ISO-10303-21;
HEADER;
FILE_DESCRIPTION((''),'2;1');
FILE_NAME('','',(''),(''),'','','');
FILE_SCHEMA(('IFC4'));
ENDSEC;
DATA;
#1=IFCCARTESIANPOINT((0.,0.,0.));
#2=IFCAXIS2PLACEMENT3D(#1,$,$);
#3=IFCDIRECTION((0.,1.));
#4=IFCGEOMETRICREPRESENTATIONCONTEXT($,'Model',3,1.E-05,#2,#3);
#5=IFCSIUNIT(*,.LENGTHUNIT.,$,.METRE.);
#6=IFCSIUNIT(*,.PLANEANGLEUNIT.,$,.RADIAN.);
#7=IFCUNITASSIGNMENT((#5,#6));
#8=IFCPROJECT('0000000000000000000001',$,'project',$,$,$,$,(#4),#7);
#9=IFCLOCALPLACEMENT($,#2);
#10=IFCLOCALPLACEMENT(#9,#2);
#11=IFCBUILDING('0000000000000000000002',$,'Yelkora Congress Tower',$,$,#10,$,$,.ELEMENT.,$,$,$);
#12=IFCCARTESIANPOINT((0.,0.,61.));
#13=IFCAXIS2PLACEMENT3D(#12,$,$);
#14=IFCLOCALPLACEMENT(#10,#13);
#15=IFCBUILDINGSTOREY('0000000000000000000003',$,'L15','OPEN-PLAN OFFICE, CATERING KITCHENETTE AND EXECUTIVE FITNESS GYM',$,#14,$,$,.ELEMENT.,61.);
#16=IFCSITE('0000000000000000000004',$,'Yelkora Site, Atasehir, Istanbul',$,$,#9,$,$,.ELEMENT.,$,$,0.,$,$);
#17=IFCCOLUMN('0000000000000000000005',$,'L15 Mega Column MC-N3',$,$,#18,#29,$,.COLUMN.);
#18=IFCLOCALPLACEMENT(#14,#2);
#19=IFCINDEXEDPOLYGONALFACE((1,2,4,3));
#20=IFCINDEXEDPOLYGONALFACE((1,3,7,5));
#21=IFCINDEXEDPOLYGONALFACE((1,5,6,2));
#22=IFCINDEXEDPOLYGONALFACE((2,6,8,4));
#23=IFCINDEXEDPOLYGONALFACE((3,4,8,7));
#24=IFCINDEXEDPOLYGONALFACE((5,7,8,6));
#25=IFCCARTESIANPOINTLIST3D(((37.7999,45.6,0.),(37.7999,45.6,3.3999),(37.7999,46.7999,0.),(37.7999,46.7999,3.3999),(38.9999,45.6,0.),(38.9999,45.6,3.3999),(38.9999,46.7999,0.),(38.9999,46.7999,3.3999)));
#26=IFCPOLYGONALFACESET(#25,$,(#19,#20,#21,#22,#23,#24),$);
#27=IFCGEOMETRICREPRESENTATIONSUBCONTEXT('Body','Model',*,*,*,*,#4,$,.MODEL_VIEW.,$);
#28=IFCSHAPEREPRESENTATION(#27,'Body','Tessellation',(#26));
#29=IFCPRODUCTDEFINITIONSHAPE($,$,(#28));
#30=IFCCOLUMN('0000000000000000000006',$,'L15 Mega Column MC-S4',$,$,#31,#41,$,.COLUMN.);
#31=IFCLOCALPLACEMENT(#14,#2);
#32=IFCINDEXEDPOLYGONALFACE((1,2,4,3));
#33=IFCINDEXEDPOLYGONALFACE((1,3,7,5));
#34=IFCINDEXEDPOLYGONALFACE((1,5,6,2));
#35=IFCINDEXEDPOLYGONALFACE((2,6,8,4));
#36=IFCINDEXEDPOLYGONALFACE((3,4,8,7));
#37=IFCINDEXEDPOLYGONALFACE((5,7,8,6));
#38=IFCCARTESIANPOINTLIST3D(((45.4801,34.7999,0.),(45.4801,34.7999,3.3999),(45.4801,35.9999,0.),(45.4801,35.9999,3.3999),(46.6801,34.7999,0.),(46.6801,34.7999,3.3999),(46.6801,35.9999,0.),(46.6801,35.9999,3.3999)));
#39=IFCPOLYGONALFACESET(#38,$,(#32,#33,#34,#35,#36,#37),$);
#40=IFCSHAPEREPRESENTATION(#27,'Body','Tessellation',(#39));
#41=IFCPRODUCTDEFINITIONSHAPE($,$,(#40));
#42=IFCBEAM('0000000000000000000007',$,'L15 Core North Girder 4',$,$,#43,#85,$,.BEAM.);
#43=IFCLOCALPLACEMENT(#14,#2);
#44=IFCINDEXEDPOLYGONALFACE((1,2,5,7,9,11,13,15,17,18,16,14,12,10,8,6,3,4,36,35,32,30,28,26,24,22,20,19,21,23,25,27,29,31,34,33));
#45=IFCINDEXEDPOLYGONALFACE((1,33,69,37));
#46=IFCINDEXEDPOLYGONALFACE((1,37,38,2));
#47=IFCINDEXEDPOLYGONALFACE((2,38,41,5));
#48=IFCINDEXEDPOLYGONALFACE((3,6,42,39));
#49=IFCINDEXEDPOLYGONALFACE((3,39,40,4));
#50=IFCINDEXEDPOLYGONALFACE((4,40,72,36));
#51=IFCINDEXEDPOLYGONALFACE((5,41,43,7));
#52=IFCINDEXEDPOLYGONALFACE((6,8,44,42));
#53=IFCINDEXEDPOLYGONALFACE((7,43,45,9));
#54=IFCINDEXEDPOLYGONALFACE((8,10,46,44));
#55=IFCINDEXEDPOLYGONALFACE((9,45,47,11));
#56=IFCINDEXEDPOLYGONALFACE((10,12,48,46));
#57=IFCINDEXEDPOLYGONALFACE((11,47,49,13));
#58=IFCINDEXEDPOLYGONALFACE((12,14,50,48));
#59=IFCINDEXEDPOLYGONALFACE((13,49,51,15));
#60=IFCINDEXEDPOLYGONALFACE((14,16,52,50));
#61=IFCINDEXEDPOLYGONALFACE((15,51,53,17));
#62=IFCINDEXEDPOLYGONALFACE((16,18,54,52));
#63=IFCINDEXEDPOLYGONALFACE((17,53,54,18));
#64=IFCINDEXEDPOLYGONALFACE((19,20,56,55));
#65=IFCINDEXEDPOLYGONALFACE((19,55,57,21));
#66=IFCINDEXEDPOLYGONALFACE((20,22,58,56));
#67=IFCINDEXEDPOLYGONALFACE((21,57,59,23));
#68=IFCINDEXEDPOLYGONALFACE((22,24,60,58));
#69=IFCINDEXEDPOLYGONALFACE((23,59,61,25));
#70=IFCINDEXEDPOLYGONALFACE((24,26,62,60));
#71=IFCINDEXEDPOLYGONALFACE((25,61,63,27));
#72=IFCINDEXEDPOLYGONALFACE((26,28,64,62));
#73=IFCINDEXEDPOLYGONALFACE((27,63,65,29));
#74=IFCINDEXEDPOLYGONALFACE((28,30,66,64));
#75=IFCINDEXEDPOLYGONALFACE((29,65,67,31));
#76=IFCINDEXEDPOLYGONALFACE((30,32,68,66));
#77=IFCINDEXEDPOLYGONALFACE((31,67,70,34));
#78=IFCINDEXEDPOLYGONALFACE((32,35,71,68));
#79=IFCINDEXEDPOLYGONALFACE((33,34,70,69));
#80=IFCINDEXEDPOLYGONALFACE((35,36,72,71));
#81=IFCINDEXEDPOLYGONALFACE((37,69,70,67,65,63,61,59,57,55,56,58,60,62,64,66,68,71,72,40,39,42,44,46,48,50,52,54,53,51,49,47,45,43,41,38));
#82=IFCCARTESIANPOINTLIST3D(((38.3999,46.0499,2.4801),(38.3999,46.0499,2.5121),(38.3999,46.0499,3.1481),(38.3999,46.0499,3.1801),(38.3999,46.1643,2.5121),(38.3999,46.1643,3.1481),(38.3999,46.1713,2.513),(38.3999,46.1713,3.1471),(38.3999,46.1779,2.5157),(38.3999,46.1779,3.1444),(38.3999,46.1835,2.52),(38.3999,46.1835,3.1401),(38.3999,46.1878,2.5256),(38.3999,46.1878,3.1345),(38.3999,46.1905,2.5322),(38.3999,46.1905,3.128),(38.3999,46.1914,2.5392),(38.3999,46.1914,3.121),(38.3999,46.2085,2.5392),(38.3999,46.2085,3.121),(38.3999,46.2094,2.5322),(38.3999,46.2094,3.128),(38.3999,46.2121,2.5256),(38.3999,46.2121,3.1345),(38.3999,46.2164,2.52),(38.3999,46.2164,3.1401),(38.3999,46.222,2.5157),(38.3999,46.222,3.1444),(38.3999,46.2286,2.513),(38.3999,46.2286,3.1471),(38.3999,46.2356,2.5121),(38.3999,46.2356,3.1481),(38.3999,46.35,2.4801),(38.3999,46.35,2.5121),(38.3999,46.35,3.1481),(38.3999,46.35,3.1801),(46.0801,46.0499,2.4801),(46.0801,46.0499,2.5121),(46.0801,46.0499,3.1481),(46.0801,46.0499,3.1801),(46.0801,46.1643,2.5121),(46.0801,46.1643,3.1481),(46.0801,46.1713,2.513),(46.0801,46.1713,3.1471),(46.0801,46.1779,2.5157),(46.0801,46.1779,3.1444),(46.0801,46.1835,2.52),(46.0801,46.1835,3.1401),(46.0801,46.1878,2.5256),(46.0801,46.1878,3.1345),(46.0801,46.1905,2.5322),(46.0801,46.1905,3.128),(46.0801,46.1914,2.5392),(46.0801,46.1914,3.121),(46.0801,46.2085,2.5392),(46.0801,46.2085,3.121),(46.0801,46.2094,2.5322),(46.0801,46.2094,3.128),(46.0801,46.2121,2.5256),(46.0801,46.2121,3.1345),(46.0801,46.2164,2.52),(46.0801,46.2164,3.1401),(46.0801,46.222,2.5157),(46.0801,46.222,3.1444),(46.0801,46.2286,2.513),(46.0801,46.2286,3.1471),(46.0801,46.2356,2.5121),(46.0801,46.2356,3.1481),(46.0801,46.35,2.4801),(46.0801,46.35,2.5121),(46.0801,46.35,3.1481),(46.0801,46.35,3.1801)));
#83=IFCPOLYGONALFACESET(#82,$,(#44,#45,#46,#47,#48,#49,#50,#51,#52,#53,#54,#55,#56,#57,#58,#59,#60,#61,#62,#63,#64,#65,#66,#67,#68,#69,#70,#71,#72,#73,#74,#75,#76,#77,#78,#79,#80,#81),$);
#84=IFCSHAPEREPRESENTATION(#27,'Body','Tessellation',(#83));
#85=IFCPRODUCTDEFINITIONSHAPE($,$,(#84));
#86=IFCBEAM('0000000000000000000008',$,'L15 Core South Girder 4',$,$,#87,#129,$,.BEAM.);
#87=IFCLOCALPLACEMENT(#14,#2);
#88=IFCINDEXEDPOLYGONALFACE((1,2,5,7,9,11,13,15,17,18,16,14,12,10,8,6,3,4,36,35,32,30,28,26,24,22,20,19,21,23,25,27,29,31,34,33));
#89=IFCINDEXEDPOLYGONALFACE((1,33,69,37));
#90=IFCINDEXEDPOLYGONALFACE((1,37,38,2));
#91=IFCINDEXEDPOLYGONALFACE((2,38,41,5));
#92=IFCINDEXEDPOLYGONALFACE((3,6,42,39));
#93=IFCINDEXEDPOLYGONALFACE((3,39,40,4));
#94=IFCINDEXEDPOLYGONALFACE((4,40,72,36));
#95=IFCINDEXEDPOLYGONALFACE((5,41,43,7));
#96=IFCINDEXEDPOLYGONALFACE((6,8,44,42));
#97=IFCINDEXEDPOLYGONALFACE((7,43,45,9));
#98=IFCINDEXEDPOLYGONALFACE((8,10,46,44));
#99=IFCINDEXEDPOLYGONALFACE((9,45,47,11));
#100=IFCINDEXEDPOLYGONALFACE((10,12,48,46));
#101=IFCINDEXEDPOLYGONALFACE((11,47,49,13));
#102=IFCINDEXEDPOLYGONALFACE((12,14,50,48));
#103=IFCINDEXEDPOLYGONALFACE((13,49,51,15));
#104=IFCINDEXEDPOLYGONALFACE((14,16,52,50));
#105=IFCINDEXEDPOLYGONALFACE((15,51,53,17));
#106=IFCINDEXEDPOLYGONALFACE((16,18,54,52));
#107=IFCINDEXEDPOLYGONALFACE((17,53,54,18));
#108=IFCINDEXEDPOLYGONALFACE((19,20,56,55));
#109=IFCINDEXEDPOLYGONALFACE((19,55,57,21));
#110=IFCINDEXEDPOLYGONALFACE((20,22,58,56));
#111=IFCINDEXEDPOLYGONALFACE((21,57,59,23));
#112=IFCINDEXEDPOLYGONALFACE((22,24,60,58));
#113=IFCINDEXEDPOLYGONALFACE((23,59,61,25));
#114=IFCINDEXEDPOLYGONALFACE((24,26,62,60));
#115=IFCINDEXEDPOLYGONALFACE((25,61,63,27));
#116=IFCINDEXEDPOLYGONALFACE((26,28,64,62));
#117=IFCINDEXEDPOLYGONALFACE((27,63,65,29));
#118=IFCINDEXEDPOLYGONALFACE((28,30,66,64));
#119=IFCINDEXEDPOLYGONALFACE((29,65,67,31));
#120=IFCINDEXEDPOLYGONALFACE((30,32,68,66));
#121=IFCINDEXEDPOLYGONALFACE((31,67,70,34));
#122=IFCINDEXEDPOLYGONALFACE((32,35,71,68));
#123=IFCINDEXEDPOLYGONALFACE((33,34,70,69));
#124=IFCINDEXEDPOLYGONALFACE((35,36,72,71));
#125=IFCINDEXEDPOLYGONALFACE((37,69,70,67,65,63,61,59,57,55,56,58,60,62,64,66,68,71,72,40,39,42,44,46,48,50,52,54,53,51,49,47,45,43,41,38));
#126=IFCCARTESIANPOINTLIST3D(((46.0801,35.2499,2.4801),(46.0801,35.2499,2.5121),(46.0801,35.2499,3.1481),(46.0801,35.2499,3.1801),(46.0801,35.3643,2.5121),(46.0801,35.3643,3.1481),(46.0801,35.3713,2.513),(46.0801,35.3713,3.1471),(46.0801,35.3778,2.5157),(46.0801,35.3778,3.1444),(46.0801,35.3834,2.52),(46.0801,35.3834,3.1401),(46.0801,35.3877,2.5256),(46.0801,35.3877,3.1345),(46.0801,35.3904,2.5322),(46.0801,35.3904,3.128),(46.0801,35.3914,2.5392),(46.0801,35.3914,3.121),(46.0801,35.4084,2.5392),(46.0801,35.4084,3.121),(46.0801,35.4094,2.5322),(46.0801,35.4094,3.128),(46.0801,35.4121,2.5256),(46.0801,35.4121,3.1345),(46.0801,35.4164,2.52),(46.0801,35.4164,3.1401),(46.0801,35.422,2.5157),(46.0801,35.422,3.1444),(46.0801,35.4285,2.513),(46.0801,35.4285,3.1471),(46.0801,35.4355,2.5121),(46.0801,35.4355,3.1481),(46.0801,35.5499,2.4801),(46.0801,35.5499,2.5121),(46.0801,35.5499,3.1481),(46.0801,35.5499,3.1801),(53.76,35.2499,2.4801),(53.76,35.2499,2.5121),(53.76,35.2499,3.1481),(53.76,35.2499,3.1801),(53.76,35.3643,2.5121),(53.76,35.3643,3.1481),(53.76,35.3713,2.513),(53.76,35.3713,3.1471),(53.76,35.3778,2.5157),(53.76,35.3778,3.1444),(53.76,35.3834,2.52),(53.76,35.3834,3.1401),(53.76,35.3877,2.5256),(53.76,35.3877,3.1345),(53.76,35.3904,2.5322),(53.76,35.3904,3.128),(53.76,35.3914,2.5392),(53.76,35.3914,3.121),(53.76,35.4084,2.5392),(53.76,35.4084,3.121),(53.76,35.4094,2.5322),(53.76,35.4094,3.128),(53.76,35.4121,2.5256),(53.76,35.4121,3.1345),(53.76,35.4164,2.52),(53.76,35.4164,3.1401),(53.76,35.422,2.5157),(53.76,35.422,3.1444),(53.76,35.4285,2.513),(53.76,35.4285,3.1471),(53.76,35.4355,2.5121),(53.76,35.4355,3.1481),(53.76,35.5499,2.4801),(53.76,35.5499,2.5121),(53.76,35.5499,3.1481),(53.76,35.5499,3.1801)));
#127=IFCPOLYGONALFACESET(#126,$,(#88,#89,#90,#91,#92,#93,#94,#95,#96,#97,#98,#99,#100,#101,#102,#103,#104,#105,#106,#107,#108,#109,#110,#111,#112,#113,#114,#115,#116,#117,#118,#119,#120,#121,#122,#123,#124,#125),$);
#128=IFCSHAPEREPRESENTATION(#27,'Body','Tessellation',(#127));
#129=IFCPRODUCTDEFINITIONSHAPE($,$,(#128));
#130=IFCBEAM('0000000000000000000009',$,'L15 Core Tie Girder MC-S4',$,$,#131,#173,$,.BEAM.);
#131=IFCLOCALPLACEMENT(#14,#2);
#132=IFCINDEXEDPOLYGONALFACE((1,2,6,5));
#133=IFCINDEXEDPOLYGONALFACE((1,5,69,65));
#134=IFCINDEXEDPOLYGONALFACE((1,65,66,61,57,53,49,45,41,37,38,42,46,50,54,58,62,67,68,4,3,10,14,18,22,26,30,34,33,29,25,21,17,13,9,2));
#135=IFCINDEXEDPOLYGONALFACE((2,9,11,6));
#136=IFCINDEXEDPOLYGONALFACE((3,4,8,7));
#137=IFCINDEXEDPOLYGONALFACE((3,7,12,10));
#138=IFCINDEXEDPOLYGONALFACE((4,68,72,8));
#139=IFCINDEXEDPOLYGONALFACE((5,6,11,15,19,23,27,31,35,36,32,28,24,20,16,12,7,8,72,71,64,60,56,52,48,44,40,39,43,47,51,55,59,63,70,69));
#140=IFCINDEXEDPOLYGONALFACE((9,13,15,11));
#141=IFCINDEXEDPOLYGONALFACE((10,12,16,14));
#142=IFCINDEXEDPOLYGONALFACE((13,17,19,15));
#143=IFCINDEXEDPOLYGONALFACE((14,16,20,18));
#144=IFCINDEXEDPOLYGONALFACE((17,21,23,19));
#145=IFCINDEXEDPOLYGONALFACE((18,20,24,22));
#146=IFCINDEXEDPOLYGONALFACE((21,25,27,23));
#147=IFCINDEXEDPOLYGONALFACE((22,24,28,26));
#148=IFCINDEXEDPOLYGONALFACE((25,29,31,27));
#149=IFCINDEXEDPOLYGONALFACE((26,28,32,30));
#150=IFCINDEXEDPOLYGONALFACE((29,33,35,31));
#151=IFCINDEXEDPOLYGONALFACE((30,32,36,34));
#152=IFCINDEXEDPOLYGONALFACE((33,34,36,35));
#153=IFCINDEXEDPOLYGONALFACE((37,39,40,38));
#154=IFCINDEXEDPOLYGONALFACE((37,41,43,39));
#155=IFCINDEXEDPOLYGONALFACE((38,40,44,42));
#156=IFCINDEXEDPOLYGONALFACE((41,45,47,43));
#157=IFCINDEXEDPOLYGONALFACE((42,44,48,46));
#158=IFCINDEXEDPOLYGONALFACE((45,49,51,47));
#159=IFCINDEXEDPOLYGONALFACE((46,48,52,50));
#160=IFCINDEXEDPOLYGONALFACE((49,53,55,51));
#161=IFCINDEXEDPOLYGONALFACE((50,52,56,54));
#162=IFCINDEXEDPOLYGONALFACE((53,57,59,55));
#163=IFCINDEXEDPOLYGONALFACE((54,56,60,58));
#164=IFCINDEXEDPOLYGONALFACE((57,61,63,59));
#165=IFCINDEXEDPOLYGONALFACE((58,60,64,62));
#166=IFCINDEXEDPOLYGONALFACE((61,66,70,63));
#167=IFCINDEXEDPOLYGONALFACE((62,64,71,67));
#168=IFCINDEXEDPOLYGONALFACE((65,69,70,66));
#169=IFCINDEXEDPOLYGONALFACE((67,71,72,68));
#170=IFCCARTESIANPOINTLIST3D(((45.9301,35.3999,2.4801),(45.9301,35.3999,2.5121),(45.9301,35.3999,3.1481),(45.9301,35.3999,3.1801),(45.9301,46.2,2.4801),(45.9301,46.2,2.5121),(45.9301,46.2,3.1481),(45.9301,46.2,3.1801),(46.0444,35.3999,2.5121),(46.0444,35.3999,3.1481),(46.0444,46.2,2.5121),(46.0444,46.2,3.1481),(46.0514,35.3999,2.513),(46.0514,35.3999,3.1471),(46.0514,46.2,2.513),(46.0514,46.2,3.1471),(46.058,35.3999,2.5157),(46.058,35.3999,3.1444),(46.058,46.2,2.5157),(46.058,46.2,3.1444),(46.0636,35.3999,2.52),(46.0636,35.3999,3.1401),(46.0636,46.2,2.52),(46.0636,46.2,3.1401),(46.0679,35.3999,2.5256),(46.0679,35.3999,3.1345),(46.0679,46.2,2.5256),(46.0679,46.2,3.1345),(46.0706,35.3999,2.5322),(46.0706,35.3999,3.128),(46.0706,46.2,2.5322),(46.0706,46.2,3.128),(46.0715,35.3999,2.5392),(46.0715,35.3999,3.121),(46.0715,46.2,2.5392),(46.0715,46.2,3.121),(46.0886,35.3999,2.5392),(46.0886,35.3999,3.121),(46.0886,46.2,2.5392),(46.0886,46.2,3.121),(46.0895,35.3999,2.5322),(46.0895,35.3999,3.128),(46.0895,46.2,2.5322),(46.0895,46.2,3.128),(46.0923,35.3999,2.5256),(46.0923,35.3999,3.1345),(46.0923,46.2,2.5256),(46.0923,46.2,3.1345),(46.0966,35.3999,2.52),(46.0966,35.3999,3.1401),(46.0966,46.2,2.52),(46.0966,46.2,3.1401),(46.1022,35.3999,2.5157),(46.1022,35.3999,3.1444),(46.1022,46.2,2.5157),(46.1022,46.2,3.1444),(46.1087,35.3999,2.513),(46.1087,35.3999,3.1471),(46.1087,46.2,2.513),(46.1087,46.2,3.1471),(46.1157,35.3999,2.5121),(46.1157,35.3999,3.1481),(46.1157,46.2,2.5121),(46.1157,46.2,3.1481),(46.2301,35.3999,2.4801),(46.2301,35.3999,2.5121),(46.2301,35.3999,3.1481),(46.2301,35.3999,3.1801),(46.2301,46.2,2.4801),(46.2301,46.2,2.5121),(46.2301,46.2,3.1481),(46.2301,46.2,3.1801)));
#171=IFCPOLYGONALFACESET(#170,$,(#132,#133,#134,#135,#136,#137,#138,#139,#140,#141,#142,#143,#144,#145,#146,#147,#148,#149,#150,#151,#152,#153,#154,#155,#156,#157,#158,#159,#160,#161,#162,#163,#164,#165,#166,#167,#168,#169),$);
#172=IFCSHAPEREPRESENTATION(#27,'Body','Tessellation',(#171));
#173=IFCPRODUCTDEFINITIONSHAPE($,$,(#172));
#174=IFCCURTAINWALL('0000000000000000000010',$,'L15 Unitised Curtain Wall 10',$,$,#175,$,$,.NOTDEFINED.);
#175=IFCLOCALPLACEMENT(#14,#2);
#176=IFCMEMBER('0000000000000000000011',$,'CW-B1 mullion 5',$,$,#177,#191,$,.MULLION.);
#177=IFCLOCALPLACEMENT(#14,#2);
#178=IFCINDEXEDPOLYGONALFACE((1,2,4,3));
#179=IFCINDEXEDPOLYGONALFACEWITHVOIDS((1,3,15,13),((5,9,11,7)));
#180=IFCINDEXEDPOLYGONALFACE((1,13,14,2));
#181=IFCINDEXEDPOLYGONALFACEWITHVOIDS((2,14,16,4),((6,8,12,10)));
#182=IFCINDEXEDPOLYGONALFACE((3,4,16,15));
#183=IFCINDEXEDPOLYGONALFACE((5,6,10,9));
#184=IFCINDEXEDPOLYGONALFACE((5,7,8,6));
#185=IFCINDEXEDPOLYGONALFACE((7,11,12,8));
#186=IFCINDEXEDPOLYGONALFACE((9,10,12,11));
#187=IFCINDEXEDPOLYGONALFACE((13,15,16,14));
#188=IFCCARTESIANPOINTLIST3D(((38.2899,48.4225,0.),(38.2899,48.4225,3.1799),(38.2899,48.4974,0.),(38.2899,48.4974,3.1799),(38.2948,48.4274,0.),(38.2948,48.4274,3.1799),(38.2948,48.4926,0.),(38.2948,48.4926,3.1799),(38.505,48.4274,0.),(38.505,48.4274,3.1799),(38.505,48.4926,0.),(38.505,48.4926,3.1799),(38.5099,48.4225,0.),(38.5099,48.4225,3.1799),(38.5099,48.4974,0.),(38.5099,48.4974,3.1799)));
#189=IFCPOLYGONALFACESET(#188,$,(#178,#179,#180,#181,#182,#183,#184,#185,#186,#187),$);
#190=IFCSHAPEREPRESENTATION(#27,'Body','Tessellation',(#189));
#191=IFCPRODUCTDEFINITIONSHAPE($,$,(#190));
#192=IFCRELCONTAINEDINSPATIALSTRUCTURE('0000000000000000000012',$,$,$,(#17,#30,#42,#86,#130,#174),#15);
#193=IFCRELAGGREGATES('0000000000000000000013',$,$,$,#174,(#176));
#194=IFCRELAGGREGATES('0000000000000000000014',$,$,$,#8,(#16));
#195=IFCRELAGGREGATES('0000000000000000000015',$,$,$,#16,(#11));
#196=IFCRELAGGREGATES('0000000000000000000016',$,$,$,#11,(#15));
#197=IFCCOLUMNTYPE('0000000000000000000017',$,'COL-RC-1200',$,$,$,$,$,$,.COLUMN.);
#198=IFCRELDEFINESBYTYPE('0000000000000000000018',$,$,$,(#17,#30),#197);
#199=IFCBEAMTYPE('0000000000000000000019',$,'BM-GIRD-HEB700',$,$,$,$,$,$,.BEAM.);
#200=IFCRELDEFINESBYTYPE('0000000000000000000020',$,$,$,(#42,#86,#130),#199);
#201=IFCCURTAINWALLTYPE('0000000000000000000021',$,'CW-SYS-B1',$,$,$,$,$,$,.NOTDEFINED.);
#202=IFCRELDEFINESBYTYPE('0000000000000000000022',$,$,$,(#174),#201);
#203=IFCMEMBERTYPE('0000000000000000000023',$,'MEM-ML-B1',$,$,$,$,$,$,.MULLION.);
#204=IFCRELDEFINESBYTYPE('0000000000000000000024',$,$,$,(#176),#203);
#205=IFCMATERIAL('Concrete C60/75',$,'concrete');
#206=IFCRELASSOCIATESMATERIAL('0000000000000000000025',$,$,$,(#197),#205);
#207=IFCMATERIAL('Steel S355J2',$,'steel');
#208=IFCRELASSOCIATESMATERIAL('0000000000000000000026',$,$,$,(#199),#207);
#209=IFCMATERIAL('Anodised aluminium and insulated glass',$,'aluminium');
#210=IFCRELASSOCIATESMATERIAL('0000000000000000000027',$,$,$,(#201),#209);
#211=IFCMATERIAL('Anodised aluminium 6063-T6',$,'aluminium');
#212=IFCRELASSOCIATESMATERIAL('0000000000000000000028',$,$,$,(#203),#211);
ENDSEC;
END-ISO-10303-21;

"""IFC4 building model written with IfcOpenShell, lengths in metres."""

from ifc_helpers import new_model, si_unit, direction, frame, origin, origin_2d, place, context, subcontext, project, spatial, rectangle, hollow_rectangle, i_section, extrude, material, material_profile, profile_set, type_object, element, aggregate, save


model = new_model("IFC4")

# Units and contexts
model_context = context("Model", 3, precision=1e-05, world=origin(), true_north=direction((0.0, 1.0)))
body_context = subcontext(model_context, "Body", "Model", "MODEL_VIEW")
ifc_project = project(units=[si_unit("LENGTHUNIT", "METRE"), si_unit("PLANEANGLEUNIT", "RADIAN")], contexts=[model_context])

# Site, building, storey
site_placement = place(None, origin())
site = spatial("IfcSite", under=ifc_project, at=site_placement, Name="Yelkora Site, Atasehir, Istanbul", CompositionType="ELEMENT", RefElevation=0.0)
building_placement = place(site_placement, origin())
building = spatial("IfcBuilding", under=site, at=building_placement, Name="Yelkora Congress Tower", CompositionType="ELEMENT")
storey_placement = place(building_placement, frame((0.0, 0.0, 61.0)))
storey = spatial("IfcBuildingStorey", under=building, at=storey_placement, Name="L15", Description="OPEN-PLAN OFFICE, CATERING KITCHENETTE AND EXECUTIVE FITNESS GYM", CompositionType="ELEMENT", Elevation=61.0)

# Columns
ifc_material_1 = material(Name="Concrete C60/75", Category="concrete")
ifc_material_profile_1 = material_profile(ifc_material_1, rectangle(XDim=1.2, YDim=1.2, at=origin_2d()), Name="RC 1200x1200")
ifc_profile_set_1 = profile_set([ifc_material_profile_1], Name="Concrete C60/75")
column_type = type_object("IfcColumnType", Name="COL-RC-1200", PredefinedType="COLUMN", material=ifc_profile_set_1)
for number, where, z_axis, x_axis, name in (
    (1, (38.3999, 46.2, 0.0), (0.0, 0.0, 1.0), (1.0, 0.0, 0.0), "L15 Mega Column MC-N3"),
    (2, (46.0801, 35.3999, 0.0), (0.0, 0.0, 1.0), (1.0, 0.0, 0.0), "L15 Mega Column MC-S4"),
):
    element("IfcColumn", number, at=place(storey_placement, frame(where, z_axis=z_axis, x_axis=x_axis)), inside=storey, type_object=column_type, Name=name, PredefinedType="COLUMN", context=body_context, shape_type="SweptSolid", body=[
        extrude(rectangle(XDim=1.2, YDim=1.2, at=origin_2d()), origin(), (0.0, 0.0, 1.0), 3.3999),
    ])

# Beams
ifc_material_2 = material(Name="Steel S355J2", Category="steel")
ifc_material_profile_2 = material_profile(ifc_material_2, i_section(OverallWidth=0.3, OverallDepth=0.7, WebThickness=0.0171, FlangeThickness=0.032, FilletRadius=0.0271, at=origin_2d()), Name="HEB 700")
ifc_profile_set_2 = profile_set([ifc_material_profile_2], Name="Steel S355J2")
beam_type = type_object("IfcBeamType", Name="BM-GIRD-HEB700", PredefinedType="BEAM", material=ifc_profile_set_2)
beam_1_placement = place(storey_placement, frame((38.3999, 46.2, 2.8301), z_axis=(1.0, 0.0, 0.0), x_axis=(0.0, 1.0, 0.0)))
element("IfcBeam", 3, at=beam_1_placement, inside=storey, type_object=beam_type, Name="L15 Core North Girder 4", PredefinedType="BEAM", context=body_context, shape_type="SweptSolid", body=[
    extrude(i_section(OverallWidth=0.3, OverallDepth=0.7, WebThickness=0.0171, FlangeThickness=0.032, FilletRadius=0.0271, at=origin_2d()), origin(), (0.0, 0.0, 1.0), 7.6802),
])
beam_2_placement = place(storey_placement, frame((46.0801, 35.3999, 2.8301), z_axis=(1.0, 0.0, 0.0), x_axis=(0.0, 1.0, 0.0)))
element("IfcBeam", 4, at=beam_2_placement, inside=storey, type_object=beam_type, Name="L15 Core South Girder 4", PredefinedType="BEAM", context=body_context, shape_type="SweptSolid", body=[
    extrude(i_section(OverallWidth=0.3, OverallDepth=0.7, WebThickness=0.0171, FlangeThickness=0.032, FilletRadius=0.0271, at=origin_2d()), origin(), (0.0, 0.0, 1.0), 7.6799),
])
beam_3_placement = place(storey_placement, frame((46.0801, 35.3999, 2.8301), z_axis=(0.0, 1.0, 0.0), x_axis=(-1.0, 0.0, 0.0)))
element("IfcBeam", 5, at=beam_3_placement, inside=storey, type_object=beam_type, Name="L15 Core Tie Girder MC-S4", PredefinedType="BEAM", context=body_context, shape_type="SweptSolid", body=[
    extrude(i_section(OverallWidth=0.3, OverallDepth=0.7, WebThickness=0.0171, FlangeThickness=0.032, FilletRadius=0.0271, at=origin_2d()), origin(), (0.0, 0.0, 1.0), 10.8),
])

# Curtain wall, member
ifc_material_3 = material(Name="Anodised aluminium and insulated glass", Category="aluminium")
curtain_wall_type = type_object("IfcCurtainWallType", Name="CW-SYS-B1", PredefinedType="NOTDEFINED", material=ifc_material_3)
curtain_wall_placement = place(storey_placement, origin())
curtain_wall = element("IfcCurtainWall", 6, at=curtain_wall_placement, inside=storey, type_object=curtain_wall_type, Name="L15 Unitised Curtain Wall 10", PredefinedType="NOTDEFINED")
ifc_material_4 = material(Name="Anodised aluminium 6063-T6", Category="aluminium")
ifc_material_profile_3 = material_profile(ifc_material_4, hollow_rectangle(XDim=0.075, YDim=0.22, WallThickness=0.0049, at=origin_2d()), Name="ALU 75x220x5")
ifc_profile_set_3 = profile_set([ifc_material_profile_3], Name="Anodised aluminium 6063-T6")
member_type_1 = type_object("IfcMemberType", Name="MEM-ML-B1", PredefinedType="MULLION", material=ifc_profile_set_3)
member_1_placement = place(storey_placement, frame((38.3999, 48.46, 0.0), z_axis=(0.0, 0.0, 1.0), x_axis=(0.0, 1.0, 0.0)))
member_1 = element("IfcMember", 7, at=member_1_placement, type_object=member_type_1, Name="CW-B1 mullion 5", PredefinedType="MULLION", context=body_context, shape_type="SweptSolid", body=[
    extrude(hollow_rectangle(XDim=0.075, YDim=0.22, WallThickness=0.0049, at=origin_2d()), origin(), (0.0, 0.0, 1.0), 3.1799),
])
aggregate(curtain_wall, [member_1])

save(model, "model.ifc")
